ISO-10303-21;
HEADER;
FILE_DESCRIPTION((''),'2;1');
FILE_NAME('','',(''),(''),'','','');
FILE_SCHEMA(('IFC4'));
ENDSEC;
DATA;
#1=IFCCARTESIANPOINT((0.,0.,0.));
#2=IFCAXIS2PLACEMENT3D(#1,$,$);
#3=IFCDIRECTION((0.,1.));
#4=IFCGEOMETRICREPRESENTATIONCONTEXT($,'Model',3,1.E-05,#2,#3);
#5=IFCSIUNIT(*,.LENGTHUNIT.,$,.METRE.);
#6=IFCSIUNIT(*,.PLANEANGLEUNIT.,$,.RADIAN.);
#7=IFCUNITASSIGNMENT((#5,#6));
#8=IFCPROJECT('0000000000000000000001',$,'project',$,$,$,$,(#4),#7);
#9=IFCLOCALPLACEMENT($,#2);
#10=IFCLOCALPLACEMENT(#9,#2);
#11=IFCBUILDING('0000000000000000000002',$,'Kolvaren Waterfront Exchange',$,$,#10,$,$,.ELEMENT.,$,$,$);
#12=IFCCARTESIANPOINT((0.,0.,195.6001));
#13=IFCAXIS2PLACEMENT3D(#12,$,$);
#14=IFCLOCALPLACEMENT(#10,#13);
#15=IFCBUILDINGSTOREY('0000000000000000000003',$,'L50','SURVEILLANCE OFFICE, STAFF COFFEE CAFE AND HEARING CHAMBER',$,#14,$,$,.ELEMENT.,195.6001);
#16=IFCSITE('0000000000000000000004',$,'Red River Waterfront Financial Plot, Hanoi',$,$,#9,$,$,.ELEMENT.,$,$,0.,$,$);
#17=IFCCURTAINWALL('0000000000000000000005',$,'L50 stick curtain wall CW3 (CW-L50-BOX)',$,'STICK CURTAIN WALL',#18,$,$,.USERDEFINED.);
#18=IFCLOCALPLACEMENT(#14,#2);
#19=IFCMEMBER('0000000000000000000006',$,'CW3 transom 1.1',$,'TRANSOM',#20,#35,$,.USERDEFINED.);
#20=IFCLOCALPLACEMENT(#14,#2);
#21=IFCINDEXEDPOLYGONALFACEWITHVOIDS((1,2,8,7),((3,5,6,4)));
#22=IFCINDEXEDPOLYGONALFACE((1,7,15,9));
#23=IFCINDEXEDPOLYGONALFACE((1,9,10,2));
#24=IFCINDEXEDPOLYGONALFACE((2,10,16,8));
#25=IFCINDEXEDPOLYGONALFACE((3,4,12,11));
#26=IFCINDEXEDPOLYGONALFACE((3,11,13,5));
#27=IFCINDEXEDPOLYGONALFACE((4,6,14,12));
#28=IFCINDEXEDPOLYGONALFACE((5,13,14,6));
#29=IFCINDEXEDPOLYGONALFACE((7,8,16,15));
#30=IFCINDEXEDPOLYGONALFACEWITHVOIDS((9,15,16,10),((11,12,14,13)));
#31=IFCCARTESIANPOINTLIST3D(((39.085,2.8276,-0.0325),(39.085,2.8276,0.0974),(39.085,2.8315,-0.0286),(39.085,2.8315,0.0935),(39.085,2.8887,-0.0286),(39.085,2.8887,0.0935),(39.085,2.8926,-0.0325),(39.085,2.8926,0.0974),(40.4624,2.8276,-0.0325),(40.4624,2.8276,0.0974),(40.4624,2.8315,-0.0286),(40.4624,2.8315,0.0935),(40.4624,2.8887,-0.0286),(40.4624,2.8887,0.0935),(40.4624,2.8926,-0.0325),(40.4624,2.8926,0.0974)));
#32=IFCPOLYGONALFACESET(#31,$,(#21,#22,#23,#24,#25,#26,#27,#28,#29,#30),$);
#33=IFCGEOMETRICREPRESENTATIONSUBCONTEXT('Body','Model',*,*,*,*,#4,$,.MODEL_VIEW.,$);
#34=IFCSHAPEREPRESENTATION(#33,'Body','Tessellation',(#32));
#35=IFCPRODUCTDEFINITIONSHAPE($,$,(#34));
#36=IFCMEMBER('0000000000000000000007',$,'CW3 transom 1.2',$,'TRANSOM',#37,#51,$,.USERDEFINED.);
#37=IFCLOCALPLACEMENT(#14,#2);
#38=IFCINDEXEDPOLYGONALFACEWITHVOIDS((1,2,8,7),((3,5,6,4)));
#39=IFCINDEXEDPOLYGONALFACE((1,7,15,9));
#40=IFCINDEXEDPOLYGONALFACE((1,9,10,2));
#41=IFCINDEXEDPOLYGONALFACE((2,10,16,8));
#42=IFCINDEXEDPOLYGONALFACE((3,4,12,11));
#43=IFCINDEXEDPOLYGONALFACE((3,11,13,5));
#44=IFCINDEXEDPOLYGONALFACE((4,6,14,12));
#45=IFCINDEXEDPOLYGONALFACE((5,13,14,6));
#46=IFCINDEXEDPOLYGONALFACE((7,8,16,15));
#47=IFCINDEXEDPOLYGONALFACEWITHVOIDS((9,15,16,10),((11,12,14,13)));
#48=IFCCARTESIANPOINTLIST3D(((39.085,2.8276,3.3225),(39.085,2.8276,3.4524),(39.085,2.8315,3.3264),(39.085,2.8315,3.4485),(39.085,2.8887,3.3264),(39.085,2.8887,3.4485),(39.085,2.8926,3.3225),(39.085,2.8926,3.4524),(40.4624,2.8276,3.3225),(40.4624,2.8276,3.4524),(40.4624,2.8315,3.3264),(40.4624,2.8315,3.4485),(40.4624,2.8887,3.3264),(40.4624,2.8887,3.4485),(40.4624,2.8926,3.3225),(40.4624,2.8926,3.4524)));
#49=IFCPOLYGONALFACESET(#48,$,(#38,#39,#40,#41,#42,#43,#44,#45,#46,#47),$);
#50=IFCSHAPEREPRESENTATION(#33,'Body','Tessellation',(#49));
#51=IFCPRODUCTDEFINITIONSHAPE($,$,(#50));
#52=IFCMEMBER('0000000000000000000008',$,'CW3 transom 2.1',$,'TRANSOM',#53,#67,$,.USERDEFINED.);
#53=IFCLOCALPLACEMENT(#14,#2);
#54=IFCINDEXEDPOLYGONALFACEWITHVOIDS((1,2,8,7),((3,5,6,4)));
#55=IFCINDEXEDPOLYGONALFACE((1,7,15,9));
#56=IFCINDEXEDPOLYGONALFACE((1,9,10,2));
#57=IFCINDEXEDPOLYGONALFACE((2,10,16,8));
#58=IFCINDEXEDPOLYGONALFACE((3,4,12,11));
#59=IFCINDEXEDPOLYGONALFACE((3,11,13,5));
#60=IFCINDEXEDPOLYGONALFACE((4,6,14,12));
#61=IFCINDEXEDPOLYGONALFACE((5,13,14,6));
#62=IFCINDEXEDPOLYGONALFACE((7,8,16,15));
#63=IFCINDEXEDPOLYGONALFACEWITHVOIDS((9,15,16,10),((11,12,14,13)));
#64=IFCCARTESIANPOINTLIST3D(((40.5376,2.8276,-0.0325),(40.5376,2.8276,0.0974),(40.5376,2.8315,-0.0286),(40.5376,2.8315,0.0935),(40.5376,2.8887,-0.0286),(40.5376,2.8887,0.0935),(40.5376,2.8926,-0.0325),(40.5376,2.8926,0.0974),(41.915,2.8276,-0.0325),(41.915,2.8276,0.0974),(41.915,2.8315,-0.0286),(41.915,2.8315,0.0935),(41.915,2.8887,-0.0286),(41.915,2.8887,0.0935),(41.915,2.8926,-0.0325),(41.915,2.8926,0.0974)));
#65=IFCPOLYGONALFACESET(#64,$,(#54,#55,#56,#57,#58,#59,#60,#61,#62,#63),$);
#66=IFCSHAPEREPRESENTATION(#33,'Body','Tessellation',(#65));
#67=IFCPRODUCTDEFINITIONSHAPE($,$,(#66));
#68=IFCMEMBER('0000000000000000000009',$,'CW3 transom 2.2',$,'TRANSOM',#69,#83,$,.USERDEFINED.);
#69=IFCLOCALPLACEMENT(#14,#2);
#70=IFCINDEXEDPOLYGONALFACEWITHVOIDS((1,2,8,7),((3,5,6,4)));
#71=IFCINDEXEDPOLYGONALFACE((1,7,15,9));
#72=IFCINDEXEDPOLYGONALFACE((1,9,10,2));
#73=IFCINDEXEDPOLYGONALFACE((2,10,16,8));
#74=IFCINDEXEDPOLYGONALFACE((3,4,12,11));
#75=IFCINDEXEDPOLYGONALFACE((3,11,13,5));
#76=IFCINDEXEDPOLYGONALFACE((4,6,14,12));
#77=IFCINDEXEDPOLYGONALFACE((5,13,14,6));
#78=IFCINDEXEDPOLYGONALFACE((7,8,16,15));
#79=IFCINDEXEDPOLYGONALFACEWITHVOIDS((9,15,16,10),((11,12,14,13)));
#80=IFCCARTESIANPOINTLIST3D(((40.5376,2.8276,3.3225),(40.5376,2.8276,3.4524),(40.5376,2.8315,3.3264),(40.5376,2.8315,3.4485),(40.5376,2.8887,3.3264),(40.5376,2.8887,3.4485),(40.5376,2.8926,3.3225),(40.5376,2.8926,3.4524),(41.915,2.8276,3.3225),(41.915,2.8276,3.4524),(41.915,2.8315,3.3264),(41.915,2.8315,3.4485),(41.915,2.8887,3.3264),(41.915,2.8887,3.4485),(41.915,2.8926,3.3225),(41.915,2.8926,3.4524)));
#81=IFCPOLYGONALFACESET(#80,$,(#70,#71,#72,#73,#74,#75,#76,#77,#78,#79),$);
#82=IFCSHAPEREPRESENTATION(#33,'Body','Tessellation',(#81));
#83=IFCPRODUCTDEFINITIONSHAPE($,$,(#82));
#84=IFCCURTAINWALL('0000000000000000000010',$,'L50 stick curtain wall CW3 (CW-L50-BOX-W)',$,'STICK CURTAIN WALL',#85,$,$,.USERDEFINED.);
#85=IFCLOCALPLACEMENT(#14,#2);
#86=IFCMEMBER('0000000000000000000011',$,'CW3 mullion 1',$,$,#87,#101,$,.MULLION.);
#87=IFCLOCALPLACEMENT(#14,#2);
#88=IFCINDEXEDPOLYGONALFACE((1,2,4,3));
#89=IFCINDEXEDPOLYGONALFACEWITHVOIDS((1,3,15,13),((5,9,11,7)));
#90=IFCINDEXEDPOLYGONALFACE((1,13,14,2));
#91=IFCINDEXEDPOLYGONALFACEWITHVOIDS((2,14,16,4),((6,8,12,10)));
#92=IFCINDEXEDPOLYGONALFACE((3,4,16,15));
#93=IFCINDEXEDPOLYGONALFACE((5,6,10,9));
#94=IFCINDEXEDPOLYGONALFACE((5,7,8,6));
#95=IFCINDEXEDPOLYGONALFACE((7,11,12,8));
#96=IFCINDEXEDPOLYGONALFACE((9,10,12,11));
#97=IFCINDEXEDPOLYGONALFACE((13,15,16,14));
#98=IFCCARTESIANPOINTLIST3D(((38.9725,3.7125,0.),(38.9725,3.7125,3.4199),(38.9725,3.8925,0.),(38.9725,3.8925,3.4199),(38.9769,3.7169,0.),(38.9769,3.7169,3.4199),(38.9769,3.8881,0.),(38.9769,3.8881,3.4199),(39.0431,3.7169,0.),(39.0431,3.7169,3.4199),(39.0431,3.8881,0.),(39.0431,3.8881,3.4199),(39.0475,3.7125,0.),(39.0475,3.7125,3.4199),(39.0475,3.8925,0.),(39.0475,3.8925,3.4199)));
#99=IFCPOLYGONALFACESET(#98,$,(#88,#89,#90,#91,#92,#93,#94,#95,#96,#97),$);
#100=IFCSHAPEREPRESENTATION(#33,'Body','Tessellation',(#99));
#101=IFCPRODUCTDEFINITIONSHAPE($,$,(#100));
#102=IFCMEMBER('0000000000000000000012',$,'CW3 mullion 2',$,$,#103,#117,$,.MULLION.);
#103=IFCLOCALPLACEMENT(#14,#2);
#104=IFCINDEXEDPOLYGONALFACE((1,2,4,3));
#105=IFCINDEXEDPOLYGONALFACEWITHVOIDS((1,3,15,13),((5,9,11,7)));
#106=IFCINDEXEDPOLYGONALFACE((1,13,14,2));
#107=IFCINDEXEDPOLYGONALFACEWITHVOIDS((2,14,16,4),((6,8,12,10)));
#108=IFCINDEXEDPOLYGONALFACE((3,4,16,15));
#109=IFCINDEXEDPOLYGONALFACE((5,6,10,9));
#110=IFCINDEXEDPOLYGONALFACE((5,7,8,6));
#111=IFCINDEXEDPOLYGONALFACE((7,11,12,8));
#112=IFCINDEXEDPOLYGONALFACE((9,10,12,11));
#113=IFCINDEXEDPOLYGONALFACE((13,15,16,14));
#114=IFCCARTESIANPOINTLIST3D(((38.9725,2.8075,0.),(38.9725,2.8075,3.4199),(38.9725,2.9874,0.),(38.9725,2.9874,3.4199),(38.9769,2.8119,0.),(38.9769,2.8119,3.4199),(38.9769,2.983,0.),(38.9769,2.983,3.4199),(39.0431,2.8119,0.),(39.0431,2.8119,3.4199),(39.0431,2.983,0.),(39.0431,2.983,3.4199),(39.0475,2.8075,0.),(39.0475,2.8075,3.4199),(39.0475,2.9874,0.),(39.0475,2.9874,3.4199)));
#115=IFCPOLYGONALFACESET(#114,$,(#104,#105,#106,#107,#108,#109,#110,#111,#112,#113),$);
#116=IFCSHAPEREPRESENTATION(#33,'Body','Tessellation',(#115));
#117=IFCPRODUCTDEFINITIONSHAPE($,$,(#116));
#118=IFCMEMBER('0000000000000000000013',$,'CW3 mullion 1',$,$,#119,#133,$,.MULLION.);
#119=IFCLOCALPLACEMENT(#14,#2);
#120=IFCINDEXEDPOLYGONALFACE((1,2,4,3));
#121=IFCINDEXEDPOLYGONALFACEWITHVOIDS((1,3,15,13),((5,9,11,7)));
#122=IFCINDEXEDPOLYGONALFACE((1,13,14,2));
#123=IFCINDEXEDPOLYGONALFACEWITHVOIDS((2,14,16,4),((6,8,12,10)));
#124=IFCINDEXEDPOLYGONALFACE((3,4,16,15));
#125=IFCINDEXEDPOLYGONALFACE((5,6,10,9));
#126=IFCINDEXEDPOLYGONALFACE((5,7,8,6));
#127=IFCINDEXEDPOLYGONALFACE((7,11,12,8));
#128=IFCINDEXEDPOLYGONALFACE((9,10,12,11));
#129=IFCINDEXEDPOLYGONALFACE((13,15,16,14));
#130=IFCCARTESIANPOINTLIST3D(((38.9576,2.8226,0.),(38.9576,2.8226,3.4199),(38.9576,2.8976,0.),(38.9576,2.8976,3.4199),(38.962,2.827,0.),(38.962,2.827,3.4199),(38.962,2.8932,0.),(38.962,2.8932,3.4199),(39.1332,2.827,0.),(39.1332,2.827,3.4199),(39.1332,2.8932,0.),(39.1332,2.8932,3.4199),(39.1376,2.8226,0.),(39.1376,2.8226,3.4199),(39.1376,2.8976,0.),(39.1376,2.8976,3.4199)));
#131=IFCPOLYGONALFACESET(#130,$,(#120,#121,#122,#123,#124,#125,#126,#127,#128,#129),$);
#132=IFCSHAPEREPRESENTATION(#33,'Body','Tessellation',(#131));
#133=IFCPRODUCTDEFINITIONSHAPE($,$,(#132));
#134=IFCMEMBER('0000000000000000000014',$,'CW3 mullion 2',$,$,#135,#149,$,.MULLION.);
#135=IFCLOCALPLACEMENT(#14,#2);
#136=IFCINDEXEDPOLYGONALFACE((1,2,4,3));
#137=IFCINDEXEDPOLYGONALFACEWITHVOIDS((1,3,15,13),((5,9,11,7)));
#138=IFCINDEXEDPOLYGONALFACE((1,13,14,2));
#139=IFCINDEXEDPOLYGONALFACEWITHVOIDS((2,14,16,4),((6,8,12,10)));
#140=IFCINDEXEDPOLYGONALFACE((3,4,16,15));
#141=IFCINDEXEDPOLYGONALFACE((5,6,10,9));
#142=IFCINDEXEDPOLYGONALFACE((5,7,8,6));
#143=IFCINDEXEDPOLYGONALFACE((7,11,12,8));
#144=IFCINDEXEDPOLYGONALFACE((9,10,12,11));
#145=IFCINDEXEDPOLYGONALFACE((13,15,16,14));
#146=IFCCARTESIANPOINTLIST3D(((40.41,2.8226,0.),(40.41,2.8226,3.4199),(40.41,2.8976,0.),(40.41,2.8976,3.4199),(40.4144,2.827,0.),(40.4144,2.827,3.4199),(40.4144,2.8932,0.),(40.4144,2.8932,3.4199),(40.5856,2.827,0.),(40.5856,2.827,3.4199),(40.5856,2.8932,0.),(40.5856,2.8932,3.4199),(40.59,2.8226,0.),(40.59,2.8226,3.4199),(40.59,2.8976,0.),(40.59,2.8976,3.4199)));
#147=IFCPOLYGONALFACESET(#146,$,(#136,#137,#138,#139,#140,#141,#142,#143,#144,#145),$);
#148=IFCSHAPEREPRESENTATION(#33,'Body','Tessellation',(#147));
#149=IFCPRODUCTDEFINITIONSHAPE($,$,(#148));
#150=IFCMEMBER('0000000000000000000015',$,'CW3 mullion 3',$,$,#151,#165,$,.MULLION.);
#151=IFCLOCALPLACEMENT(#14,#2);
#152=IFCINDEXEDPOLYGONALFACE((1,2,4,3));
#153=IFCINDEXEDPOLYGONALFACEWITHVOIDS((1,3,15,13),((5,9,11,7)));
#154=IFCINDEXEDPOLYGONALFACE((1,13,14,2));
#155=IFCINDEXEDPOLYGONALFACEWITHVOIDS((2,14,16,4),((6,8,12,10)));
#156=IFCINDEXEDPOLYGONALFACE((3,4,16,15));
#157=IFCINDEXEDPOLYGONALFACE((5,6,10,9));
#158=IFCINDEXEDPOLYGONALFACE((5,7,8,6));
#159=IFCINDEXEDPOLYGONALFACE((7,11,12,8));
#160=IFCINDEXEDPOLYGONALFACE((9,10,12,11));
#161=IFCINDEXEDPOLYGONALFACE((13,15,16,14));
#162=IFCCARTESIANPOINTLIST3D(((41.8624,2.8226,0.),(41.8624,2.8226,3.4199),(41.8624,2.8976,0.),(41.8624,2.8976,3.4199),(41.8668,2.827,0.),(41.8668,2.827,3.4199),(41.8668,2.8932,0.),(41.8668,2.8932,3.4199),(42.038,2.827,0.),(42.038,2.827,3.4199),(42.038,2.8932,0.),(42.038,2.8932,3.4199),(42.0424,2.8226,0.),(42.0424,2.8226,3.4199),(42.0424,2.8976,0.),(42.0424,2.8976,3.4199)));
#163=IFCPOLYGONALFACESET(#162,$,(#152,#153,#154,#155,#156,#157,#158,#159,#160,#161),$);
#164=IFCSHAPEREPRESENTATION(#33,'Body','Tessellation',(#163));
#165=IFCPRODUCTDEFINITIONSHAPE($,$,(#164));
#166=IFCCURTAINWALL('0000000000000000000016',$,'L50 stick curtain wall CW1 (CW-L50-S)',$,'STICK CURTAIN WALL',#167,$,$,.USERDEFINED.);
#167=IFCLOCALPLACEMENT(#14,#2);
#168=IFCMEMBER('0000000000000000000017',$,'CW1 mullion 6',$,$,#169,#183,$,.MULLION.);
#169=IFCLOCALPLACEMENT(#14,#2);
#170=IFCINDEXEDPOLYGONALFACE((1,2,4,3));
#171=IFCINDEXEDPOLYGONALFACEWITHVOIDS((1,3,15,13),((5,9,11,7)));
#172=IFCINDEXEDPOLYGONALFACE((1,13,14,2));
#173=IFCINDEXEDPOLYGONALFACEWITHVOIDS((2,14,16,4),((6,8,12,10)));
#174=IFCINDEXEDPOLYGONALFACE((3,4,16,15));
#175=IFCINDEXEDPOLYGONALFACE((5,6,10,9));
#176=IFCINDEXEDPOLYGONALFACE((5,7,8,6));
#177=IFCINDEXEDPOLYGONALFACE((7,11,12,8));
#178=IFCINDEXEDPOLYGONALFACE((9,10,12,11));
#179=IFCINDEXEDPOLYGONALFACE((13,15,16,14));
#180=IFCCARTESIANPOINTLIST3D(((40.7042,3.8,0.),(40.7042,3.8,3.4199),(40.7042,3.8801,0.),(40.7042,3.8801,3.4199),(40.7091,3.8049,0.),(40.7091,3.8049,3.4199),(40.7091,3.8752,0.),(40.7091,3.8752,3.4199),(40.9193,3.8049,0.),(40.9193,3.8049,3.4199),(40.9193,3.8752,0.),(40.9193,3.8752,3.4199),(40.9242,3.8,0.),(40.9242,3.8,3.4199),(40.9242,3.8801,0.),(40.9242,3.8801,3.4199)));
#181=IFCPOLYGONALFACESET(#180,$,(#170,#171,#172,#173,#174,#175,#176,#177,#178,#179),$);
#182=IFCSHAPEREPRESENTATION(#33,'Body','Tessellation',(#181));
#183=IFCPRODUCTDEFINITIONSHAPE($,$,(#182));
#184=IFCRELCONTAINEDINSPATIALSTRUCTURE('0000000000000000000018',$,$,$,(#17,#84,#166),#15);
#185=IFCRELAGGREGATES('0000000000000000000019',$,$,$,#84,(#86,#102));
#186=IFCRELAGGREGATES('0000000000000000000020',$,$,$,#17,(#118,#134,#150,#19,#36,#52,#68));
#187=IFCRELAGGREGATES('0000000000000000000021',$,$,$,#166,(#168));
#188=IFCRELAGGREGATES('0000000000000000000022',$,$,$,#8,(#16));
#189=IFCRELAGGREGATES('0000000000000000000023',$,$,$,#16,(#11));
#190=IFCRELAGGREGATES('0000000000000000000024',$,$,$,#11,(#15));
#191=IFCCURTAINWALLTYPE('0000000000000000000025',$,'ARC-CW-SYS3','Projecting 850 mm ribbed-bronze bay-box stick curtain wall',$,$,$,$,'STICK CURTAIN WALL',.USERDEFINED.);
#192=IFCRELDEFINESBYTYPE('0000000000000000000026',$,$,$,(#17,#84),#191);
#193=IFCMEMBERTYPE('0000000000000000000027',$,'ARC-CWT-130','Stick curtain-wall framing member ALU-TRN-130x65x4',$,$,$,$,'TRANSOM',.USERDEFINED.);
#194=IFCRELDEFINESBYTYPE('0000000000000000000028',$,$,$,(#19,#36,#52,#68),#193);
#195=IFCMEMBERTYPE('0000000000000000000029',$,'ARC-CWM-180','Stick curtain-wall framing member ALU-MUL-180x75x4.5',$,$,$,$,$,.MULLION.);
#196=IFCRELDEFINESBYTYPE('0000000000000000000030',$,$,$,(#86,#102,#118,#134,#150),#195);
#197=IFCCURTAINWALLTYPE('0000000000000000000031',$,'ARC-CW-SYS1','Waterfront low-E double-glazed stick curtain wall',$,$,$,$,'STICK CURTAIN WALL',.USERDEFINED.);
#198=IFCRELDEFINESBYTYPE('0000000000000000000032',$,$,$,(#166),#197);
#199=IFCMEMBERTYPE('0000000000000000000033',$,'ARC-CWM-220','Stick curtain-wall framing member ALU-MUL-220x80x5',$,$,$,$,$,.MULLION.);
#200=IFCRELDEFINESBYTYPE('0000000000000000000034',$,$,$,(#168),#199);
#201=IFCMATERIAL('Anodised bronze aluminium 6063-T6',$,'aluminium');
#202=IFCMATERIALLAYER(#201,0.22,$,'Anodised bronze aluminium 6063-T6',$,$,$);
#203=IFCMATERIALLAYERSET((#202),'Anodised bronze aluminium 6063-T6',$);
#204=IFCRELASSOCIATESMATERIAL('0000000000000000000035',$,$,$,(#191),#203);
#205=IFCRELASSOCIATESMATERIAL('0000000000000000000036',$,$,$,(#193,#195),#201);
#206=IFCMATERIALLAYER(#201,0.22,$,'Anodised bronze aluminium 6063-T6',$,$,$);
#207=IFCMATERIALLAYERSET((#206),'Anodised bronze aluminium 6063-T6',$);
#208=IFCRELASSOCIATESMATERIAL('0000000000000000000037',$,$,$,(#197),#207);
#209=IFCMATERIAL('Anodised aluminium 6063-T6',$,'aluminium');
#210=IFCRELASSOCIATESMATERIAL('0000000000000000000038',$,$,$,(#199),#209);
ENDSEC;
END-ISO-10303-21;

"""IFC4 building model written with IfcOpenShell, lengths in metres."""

from ifc_helpers import new_model, si_unit, direction, frame, origin, origin_with_axes, origin_2d, place, context, subcontext, project, spatial, hollow_rectangle, extrude, source, transform, mapped, material, layer, layer_set, material_profile, profile_set, type_object, element, aggregate, save


model = new_model("IFC4")

# Units and contexts
model_context = context("Model", 3, precision=1e-05, world=origin(), true_north=direction((0.0, 1.0)))
body_context = subcontext(model_context, "Body", "Model", "MODEL_VIEW")
ifc_project = project(units=[si_unit("LENGTHUNIT", "METRE"), si_unit("PLANEANGLEUNIT", "RADIAN")], contexts=[model_context])

# Site, building, storey
site_placement = place(None, origin())
site = spatial("IfcSite", under=ifc_project, at=site_placement, Name="Red River Waterfront Financial Plot, Hanoi", CompositionType="ELEMENT", RefElevation=0.0)
building_placement = place(site_placement, origin())
building = spatial("IfcBuilding", under=site, at=building_placement, Name="Kolvaren Waterfront Exchange", CompositionType="ELEMENT")
storey_placement = place(building_placement, frame((0.0, 0.0, 195.6001)))
storey = spatial("IfcBuildingStorey", under=building, at=storey_placement, Name="L50", Description="SURVEILLANCE OFFICE, STAFF COFFEE CAFE AND HEARING CHAMBER", CompositionType="ELEMENT", Elevation=195.6001)

# Curtain walls, members
ifc_material_1 = material(Name="Anodised bronze aluminium 6063-T6", Category="aluminium")
ifc_layer_1 = layer(ifc_material_1, 0.22, Name="Anodised bronze aluminium 6063-T6")
ifc_layer_set_1 = layer_set([ifc_layer_1], Name="Anodised bronze aluminium 6063-T6")
curtain_wall_type_1 = type_object("IfcCurtainWallType", Name="ARC-CW-SYS3", Description="Projecting 850 mm ribbed-bronze bay-box stick curtain wall", ElementType="STICK CURTAIN WALL", PredefinedType="USERDEFINED", material=ifc_layer_set_1)
curtain_wall_1_placement = place(storey_placement, origin())
curtain_wall_1 = element("IfcCurtainWall", 1, at=curtain_wall_1_placement, inside=storey, type_object=curtain_wall_type_1, Name="L50 stick curtain wall CW3 (CW-L50-BOX)", ObjectType="STICK CURTAIN WALL", PredefinedType="USERDEFINED")
ifc_material_profile_1 = material_profile(ifc_material_1, hollow_rectangle(XDim=0.0649, YDim=0.1299, WallThickness=0.0039, at=origin_2d()), Name="ALU-TRN-130x65x4")
ifc_profile_set_1 = profile_set([ifc_material_profile_1], Name="Anodised bronze aluminium 6063-T6")
member_type_1 = type_object("IfcMemberType", Name="ARC-CWT-130", Description="Stick curtain-wall framing member ALU-TRN-130x65x4", ElementType="TRANSOM", PredefinedType="USERDEFINED", material=ifc_profile_set_1)
shared_shape_1 = source(origin_with_axes(), body_context, "Body", "SweptSolid", [
    extrude(hollow_rectangle(XDim=0.0649, YDim=0.1299, WallThickness=0.0039, at=origin_2d()), origin(), (0.0, 0.0, 1.0), 1.3774),
])
member_1_placement = place(storey_placement, frame((39.085, 2.8601, 0.0325), z_axis=(1.0, 0.0, 0.0), x_axis=(0.0, 1.0, 0.0)))
member_1 = element("IfcMember", 2, at=member_1_placement, type_object=member_type_1, Name="CW3 transom 1.1", ObjectType="TRANSOM", PredefinedType="USERDEFINED", context=body_context, shape_type="MappedRepresentation", body=[
    mapped(shared_shape_1, transform((0.0, 0.0, 0.0), x_axis=(1.0, 0.0, 0.0), y_axis=(0.0, 1.0, 0.0), z_axis=(0.0, 0.0, 1.0), scale=1.0)),
])
member_2_placement = place(storey_placement, frame((39.085, 2.8601, 3.3875), z_axis=(1.0, 0.0, 0.0), x_axis=(0.0, 1.0, 0.0)))
member_2 = element("IfcMember", 3, at=member_2_placement, type_object=member_type_1, Name="CW3 transom 1.2", ObjectType="TRANSOM", PredefinedType="USERDEFINED", context=body_context, shape_type="MappedRepresentation", body=[
    mapped(shared_shape_1, transform((0.0, 0.0, 0.0), x_axis=(1.0, 0.0, 0.0), y_axis=(0.0, 1.0, 0.0), z_axis=(0.0, 0.0, 1.0), scale=1.0)),
])
member_3_placement = place(storey_placement, frame((40.5376, 2.8601, 0.0325), z_axis=(1.0, 0.0, 0.0), x_axis=(0.0, 1.0, 0.0)))
member_3 = element("IfcMember", 4, at=member_3_placement, type_object=member_type_1, Name="CW3 transom 2.1", ObjectType="TRANSOM", PredefinedType="USERDEFINED", context=body_context, shape_type="MappedRepresentation", body=[
    mapped(shared_shape_1, transform((0.0, 0.0, 0.0), x_axis=(1.0, 0.0, 0.0), y_axis=(0.0, 1.0, 0.0), z_axis=(0.0, 0.0, 1.0), scale=1.0)),
])
member_4_placement = place(storey_placement, frame((40.5376, 2.8601, 3.3875), z_axis=(1.0, 0.0, 0.0), x_axis=(0.0, 1.0, 0.0)))
member_4 = element("IfcMember", 5, at=member_4_placement, type_object=member_type_1, Name="CW3 transom 2.2", ObjectType="TRANSOM", PredefinedType="USERDEFINED", context=body_context, shape_type="MappedRepresentation", body=[
    mapped(shared_shape_1, transform((0.0, 0.0, 0.0), x_axis=(1.0, 0.0, 0.0), y_axis=(0.0, 1.0, 0.0), z_axis=(0.0, 0.0, 1.0), scale=1.0)),
])
curtain_wall_2_placement = place(storey_placement, origin())
curtain_wall_2 = element("IfcCurtainWall", 6, at=curtain_wall_2_placement, inside=storey, type_object=curtain_wall_type_1, Name="L50 stick curtain wall CW3 (CW-L50-BOX-W)", ObjectType="STICK CURTAIN WALL", PredefinedType="USERDEFINED")
ifc_material_profile_2 = material_profile(ifc_material_1, hollow_rectangle(XDim=0.075, YDim=0.1799, WallThickness=0.0044, at=origin_2d()), Name="ALU-MUL-180x75x4.5")
ifc_profile_set_2 = profile_set([ifc_material_profile_2], Name="Anodised bronze aluminium 6063-T6")
member_type_2 = type_object("IfcMemberType", Name="ARC-CWM-180", Description="Stick curtain-wall framing member ALU-MUL-180x75x4.5", PredefinedType="MULLION", material=ifc_profile_set_2)
shared_shape_2 = source(origin_with_axes(), body_context, "Body", "SweptSolid", [
    extrude(hollow_rectangle(XDim=0.075, YDim=0.1799, WallThickness=0.0044, at=origin_2d()), origin(), (0.0, 0.0, 1.0), 3.4199),
])
member_5_placement = place(storey_placement, frame((39.01, 3.8025, 0.0), z_axis=(0.0, 0.0, 1.0), x_axis=(1.0, 0.0, 0.0)))
member_5 = element("IfcMember", 7, at=member_5_placement, type_object=member_type_2, Name="CW3 mullion 1", PredefinedType="MULLION", context=body_context, shape_type="MappedRepresentation", body=[
    mapped(shared_shape_2, transform((0.0, 0.0, 0.0), x_axis=(1.0, 0.0, 0.0), y_axis=(0.0, 1.0, 0.0), z_axis=(0.0, 0.0, 1.0), scale=1.0)),
])
member_6_placement = place(storey_placement, frame((39.01, 2.8975, 0.0), z_axis=(0.0, 0.0, 1.0), x_axis=(1.0, 0.0, 0.0)))
member_6 = element("IfcMember", 8, at=member_6_placement, type_object=member_type_2, Name="CW3 mullion 2", PredefinedType="MULLION", context=body_context, shape_type="MappedRepresentation", body=[
    mapped(shared_shape_2, transform((0.0, 0.0, 0.0), x_axis=(1.0, 0.0, 0.0), y_axis=(0.0, 1.0, 0.0), z_axis=(0.0, 0.0, 1.0), scale=1.0)),
])

# Members
member_7_placement = place(storey_placement, frame((39.0476, 2.8601, 0.0), z_axis=(0.0, 0.0, 1.0), x_axis=(0.0, 1.0, 0.0)))
member_7 = element("IfcMember", 9, at=member_7_placement, type_object=member_type_2, Name="CW3 mullion 1", PredefinedType="MULLION", context=body_context, shape_type="MappedRepresentation", body=[
    mapped(shared_shape_2, transform((0.0, 0.0, 0.0), x_axis=(1.0, 0.0, 0.0), y_axis=(0.0, 1.0, 0.0), z_axis=(0.0, 0.0, 1.0), scale=1.0)),
])
member_8_placement = place(storey_placement, frame((40.5, 2.8601, 0.0), z_axis=(0.0, 0.0, 1.0), x_axis=(0.0, 1.0, 0.0)))
member_8 = element("IfcMember", 10, at=member_8_placement, type_object=member_type_2, Name="CW3 mullion 2", PredefinedType="MULLION", context=body_context, shape_type="MappedRepresentation", body=[
    mapped(shared_shape_2, transform((0.0, 0.0, 0.0), x_axis=(1.0, 0.0, 0.0), y_axis=(0.0, 1.0, 0.0), z_axis=(0.0, 0.0, 1.0), scale=1.0)),
])
member_9_placement = place(storey_placement, frame((41.9524, 2.8601, 0.0), z_axis=(0.0, 0.0, 1.0), x_axis=(0.0, 1.0, 0.0)))
member_9 = element("IfcMember", 11, at=member_9_placement, type_object=member_type_2, Name="CW3 mullion 3", PredefinedType="MULLION", context=body_context, shape_type="MappedRepresentation", body=[
    mapped(shared_shape_2, transform((0.0, 0.0, 0.0), x_axis=(1.0, 0.0, 0.0), y_axis=(0.0, 1.0, 0.0), z_axis=(0.0, 0.0, 1.0), scale=1.0)),
])

# Curtain wall, member
ifc_layer_2 = layer(ifc_material_1, 0.22, Name="Anodised bronze aluminium 6063-T6")
ifc_layer_set_2 = layer_set([ifc_layer_2], Name="Anodised bronze aluminium 6063-T6")
curtain_wall_type_2 = type_object("IfcCurtainWallType", Name="ARC-CW-SYS1", Description="Waterfront low-E double-glazed stick curtain wall", ElementType="STICK CURTAIN WALL", PredefinedType="USERDEFINED", material=ifc_layer_set_2)
curtain_wall_3_placement = place(storey_placement, origin())
curtain_wall_3 = element("IfcCurtainWall", 12, at=curtain_wall_3_placement, inside=storey, type_object=curtain_wall_type_2, Name="L50 stick curtain wall CW1 (CW-L50-S)", ObjectType="STICK CURTAIN WALL", PredefinedType="USERDEFINED")
ifc_material_2 = material(Name="Anodised aluminium 6063-T6", Category="aluminium")
ifc_material_profile_3 = material_profile(ifc_material_2, hollow_rectangle(XDim=0.0801, YDim=0.22, WallThickness=0.0049, at=origin_2d()), Name="ALU-MUL-220x80x5")
ifc_profile_set_3 = profile_set([ifc_material_profile_3], Name="Anodised aluminium 6063-T6")
member_type_3 = type_object("IfcMemberType", Name="ARC-CWM-220", Description="Stick curtain-wall framing member ALU-MUL-220x80x5", PredefinedType="MULLION", material=ifc_profile_set_3)
shared_shape_3 = source(origin_with_axes(), body_context, "Body", "SweptSolid", [
    extrude(hollow_rectangle(XDim=0.0801, YDim=0.22, WallThickness=0.0049, at=origin_2d()), origin(), (0.0, 0.0, 1.0), 3.4199),
])
member_10_placement = place(storey_placement, frame((40.8142, 3.8401, 0.0), z_axis=(0.0, 0.0, 1.0), x_axis=(0.0, 1.0, 0.0)))
member_10 = element("IfcMember", 13, at=member_10_placement, type_object=member_type_3, Name="CW1 mullion 6", PredefinedType="MULLION", context=body_context, shape_type="MappedRepresentation", body=[
    mapped(shared_shape_3, transform((0.0, 0.0, 0.0), x_axis=(1.0, 0.0, 0.0), y_axis=(0.0, 1.0, 0.0), z_axis=(0.0, 0.0, 1.0), scale=1.0)),
])

aggregate(curtain_wall_2, [member_5, member_6])
aggregate(curtain_wall_1, [member_7, member_8, member_9, member_1, member_2, member_3, member_4])
aggregate(curtain_wall_3, [member_10])

save(model, "model.ifc")
